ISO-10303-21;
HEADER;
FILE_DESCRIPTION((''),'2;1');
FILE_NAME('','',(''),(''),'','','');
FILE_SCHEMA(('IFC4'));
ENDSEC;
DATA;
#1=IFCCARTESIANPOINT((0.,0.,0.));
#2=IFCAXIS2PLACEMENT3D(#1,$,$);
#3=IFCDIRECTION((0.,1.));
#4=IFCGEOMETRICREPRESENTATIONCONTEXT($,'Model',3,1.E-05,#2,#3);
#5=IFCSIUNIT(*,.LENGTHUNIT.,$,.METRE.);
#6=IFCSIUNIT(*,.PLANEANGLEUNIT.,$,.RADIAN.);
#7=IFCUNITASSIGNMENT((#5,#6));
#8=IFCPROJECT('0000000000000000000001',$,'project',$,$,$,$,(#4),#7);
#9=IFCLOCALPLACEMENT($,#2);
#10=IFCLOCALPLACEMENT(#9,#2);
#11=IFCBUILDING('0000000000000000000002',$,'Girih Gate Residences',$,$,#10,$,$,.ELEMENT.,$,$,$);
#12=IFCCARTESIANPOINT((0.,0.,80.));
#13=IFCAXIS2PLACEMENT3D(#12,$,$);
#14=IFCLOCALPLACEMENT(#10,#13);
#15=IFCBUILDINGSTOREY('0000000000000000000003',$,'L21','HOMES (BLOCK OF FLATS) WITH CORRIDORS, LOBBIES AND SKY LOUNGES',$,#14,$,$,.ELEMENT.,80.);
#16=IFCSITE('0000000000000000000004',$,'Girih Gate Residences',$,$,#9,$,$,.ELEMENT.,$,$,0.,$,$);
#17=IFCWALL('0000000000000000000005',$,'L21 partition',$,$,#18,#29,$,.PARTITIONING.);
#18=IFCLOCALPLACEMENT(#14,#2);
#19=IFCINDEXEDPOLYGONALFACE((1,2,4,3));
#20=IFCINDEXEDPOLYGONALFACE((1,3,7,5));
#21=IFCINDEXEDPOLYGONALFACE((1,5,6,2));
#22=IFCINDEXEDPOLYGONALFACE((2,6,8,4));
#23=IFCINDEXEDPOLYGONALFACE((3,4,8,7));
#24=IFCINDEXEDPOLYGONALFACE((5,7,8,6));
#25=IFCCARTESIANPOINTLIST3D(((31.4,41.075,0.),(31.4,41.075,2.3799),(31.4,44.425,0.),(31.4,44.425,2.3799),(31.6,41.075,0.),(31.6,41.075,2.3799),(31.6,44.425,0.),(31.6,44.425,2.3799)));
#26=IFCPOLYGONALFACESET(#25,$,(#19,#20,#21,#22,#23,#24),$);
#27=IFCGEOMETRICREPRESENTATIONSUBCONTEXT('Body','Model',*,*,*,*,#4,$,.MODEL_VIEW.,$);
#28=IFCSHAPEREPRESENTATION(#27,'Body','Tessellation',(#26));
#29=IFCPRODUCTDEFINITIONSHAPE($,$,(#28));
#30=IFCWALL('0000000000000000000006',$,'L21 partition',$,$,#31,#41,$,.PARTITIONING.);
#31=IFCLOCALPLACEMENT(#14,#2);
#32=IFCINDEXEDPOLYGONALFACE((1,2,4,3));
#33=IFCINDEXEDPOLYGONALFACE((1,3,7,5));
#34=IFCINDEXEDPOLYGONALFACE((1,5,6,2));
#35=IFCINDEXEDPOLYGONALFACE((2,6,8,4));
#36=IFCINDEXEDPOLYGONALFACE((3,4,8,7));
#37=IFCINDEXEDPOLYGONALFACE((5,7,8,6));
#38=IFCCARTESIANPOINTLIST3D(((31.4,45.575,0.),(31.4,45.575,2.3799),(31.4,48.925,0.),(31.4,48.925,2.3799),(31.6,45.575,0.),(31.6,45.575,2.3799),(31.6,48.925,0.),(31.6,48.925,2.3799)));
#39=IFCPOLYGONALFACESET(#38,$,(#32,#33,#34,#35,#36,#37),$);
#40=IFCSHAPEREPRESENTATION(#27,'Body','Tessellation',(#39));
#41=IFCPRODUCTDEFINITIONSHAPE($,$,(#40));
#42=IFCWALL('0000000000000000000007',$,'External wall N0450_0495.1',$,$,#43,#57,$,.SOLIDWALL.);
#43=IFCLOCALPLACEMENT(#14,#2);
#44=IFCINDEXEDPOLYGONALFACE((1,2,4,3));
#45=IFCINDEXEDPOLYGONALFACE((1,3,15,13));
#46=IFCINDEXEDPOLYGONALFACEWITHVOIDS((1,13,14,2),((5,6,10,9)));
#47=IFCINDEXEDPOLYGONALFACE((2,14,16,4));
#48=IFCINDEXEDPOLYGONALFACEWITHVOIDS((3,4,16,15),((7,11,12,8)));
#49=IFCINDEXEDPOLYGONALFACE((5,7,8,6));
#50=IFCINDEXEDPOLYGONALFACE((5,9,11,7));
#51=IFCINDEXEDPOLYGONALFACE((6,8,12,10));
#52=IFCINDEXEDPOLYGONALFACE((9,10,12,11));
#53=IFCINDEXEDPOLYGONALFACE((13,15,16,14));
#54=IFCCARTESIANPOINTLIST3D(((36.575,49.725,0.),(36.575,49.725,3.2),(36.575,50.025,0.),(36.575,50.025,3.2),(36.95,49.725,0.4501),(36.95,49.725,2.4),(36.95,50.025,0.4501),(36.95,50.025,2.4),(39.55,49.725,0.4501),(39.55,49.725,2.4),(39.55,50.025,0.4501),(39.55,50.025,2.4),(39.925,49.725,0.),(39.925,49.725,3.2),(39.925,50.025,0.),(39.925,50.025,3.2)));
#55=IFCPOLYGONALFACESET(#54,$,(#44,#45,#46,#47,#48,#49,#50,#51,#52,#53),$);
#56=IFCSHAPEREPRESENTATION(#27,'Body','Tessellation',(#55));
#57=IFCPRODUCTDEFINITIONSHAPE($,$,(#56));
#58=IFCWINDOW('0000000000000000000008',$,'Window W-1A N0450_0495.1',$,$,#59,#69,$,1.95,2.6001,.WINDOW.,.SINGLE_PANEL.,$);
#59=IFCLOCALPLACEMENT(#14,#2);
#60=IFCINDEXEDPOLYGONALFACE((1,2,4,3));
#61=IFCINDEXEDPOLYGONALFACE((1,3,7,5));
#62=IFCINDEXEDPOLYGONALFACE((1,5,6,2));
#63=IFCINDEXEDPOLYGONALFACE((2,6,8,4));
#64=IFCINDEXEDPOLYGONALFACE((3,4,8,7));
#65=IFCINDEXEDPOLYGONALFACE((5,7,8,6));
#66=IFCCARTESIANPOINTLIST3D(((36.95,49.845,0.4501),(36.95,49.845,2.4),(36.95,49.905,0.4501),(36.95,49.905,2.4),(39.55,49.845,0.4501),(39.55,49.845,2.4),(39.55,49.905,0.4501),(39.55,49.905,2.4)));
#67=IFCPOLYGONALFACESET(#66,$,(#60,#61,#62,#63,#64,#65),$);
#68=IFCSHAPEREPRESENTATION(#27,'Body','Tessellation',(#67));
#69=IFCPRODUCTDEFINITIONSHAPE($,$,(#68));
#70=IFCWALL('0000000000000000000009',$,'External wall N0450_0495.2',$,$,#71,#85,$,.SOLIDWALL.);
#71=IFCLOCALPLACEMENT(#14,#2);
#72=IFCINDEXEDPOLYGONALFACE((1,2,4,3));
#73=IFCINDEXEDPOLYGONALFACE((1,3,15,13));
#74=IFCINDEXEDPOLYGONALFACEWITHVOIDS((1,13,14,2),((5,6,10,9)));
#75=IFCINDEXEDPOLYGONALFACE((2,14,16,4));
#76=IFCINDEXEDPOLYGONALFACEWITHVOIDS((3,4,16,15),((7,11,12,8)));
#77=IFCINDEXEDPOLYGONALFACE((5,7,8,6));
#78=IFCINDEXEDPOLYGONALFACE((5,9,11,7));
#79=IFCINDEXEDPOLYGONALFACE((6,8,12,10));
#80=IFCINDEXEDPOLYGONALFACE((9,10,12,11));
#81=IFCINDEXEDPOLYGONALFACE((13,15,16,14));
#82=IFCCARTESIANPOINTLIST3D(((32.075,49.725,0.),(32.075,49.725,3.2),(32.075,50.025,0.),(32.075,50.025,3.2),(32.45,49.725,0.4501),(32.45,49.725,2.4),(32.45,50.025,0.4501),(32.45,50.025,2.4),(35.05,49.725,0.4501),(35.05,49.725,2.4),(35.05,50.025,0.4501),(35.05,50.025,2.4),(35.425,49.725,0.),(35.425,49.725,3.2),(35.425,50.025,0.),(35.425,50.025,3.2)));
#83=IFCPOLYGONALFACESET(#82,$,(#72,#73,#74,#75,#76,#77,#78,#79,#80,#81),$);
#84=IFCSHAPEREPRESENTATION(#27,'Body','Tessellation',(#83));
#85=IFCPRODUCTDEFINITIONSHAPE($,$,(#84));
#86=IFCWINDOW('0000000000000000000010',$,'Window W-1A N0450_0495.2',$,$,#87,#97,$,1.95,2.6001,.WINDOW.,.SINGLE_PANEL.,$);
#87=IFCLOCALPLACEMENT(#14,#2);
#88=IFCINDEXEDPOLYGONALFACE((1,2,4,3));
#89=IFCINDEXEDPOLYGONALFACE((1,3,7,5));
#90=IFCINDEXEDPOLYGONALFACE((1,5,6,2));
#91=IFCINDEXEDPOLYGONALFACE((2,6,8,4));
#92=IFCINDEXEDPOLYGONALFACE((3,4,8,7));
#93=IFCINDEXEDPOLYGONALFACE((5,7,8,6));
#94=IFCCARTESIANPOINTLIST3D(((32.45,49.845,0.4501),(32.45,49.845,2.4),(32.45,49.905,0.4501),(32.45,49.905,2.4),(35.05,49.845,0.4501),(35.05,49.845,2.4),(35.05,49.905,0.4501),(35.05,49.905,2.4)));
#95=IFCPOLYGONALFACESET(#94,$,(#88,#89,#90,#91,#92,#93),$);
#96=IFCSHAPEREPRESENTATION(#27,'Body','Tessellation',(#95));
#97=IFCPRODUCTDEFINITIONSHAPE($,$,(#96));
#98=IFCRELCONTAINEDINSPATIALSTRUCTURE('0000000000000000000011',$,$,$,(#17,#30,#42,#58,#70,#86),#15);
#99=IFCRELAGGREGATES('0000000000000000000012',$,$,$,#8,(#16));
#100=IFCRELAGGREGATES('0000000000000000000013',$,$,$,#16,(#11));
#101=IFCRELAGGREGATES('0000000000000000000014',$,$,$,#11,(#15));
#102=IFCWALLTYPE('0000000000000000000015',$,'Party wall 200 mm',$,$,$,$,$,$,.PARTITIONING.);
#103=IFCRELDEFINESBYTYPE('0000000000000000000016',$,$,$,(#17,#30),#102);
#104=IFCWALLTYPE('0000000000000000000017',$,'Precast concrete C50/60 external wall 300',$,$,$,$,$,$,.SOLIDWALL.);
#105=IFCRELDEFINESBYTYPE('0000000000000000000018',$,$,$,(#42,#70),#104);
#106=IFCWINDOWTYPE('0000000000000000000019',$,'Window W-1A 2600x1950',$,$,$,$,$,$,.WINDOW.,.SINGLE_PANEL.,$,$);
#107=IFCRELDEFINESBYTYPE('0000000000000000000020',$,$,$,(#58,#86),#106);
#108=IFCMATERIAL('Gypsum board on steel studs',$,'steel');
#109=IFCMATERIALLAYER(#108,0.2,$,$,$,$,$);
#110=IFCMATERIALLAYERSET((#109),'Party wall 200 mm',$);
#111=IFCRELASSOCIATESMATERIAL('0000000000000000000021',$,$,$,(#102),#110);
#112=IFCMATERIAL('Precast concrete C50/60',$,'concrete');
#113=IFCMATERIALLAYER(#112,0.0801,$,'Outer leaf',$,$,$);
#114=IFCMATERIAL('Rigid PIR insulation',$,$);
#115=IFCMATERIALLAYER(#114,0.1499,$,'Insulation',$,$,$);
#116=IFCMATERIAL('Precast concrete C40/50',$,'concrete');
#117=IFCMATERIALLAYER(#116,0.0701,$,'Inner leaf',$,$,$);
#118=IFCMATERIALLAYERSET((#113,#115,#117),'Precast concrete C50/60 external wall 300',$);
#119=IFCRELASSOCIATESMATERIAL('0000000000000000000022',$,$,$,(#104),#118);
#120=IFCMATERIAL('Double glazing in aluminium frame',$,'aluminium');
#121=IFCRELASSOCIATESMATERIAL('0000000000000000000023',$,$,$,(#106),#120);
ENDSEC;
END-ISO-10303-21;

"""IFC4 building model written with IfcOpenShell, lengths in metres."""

from ifc_helpers import new_model, si_unit, direction, frame, frame_2d, origin, place, context, subcontext, project, spatial, rectangle, extrude, material, layer, layer_set, type_object, element, fill, save


model = new_model("IFC4")

# Units and contexts
model_context = context("Model", 3, precision=1e-05, world=origin(), true_north=direction((0.0, 1.0)))
body_context = subcontext(model_context, "Body", "Model", "MODEL_VIEW")
ifc_project = project(units=[si_unit("LENGTHUNIT", "METRE"), si_unit("PLANEANGLEUNIT", "RADIAN")], contexts=[model_context])

# Site, building, storey
site_placement = place(None, origin())
site = spatial("IfcSite", under=ifc_project, at=site_placement, Name="Girih Gate Residences", CompositionType="ELEMENT", RefElevation=0.0)
building_placement = place(site_placement, origin())
building = spatial("IfcBuilding", under=site, at=building_placement, Name="Girih Gate Residences", CompositionType="ELEMENT")
storey_placement = place(building_placement, frame((0.0, 0.0, 80.0)))
storey = spatial("IfcBuildingStorey", under=building, at=storey_placement, Name="L21", Description="HOMES (BLOCK OF FLATS) WITH CORRIDORS, LOBBIES AND SKY LOUNGES", CompositionType="ELEMENT", Elevation=80.0)

# Shared definitions
ifc_material_1 = material(Name="Gypsum board on steel studs", Category="steel")

# Walls
ifc_layer_1 = layer(ifc_material_1, 0.2)
ifc_layer_set_1 = layer_set([ifc_layer_1], Name="Party wall 200 mm")
wall_type_1 = type_object("IfcWallType", Name="Party wall 200 mm", PredefinedType="PARTITIONING", material=ifc_layer_set_1)
for number, where, z_axis, x_axis, name in (
    (1, (31.5, 41.075, 0.0), (0.0, 0.0, 1.0), (0.0, 1.0, 0.0), "L21 partition"),
    (2, (31.5, 45.575, 0.0), (0.0, 0.0, 1.0), (0.0, 1.0, 0.0), "L21 partition"),
):
    element("IfcWall", number, at=place(storey_placement, frame(where, z_axis=z_axis, x_axis=x_axis)), inside=storey, type_object=wall_type_1, Name=name, PredefinedType="PARTITIONING", context=body_context, shape_type="SweptSolid", body=[
        extrude(rectangle(XDim=3.3501, YDim=0.2, at=frame_2d((1.675, 0.0))), origin(), (0.0, 0.0, 1.0), 2.3799),
    ])

# Walls, openings, windows
ifc_material_2 = material(Name="Precast concrete C50/60", Category="concrete")
ifc_layer_2 = layer(ifc_material_2, 0.0801, Name="Outer leaf")
ifc_material_3 = material(Name="Rigid PIR insulation")
ifc_layer_3 = layer(ifc_material_3, 0.1499, Name="Insulation")
ifc_material_4 = material(Name="Precast concrete C40/50", Category="concrete")
ifc_layer_4 = layer(ifc_material_4, 0.0701, Name="Inner leaf")
ifc_layer_set_2 = layer_set([ifc_layer_2, ifc_layer_3, ifc_layer_4], Name="Precast concrete C50/60 external wall 300")
wall_type_2 = type_object("IfcWallType", Name="Precast concrete C50/60 external wall 300", PredefinedType="SOLIDWALL", material=ifc_layer_set_2)
wall_1_placement = place(storey_placement, frame((36.575, 49.875, 0.0), z_axis=(0.0, 0.0, 1.0), x_axis=(1.0, 0.0, 0.0)))
wall_1 = element("IfcWall", 3, at=wall_1_placement, inside=storey, type_object=wall_type_2, Name="External wall N0450_0495.1", PredefinedType="SOLIDWALL", context=body_context, shape_type="SweptSolid", body=[
    extrude(rectangle(XDim=3.3501, YDim=0.3, at=frame_2d((1.675, 0.0))), origin(), (0.0, 0.0, 1.0), 3.2),
])
opening_1_placement = place(wall_1_placement, frame((0.375, 0.0, 0.45)))
opening_1 = element("IfcOpeningElement", 4, at=opening_1_placement, cuts=wall_1, PredefinedType="OPENING", context=body_context, shape_type="SweptSolid", body=[
    extrude(rectangle(XDim=2.6001, YDim=1.95, at=frame_2d((1.3, 0.9751))), frame((0.0, 0.1599, 0.0), z_axis=(0.0, -1.0, 0.0), x_axis=(1.0, 0.0, 0.0)), (0.0, 0.0, 1.0), 0.3201),
])
ifc_material_5 = material(Name="Double glazing in aluminium frame", Category="aluminium")
window_type = type_object("IfcWindowType", Name="Window W-1A 2600x1950", PartitioningType="SINGLE_PANEL", PredefinedType="WINDOW", material=ifc_material_5)
window_1_placement = place(opening_1_placement, origin())
window_1 = element("IfcWindow", 5, at=window_1_placement, inside=storey, type_object=window_type, Name="Window W-1A N0450_0495.1", OverallHeight=1.95, OverallWidth=2.6001, PartitioningType="SINGLE_PANEL", PredefinedType="WINDOW", context=body_context, shape_type="SweptSolid", body=[
    extrude(rectangle(XDim=2.6001, YDim=1.95, at=frame_2d((1.3, 0.9751))), frame((0.0, 0.03, 0.0), z_axis=(0.0, -1.0, 0.0), x_axis=(1.0, 0.0, 0.0)), (0.0, 0.0, 1.0), 0.0601),
])
fill(opening_1, window_1)
wall_2_placement = place(storey_placement, frame((32.075, 49.875, 0.0), z_axis=(0.0, 0.0, 1.0), x_axis=(1.0, 0.0, 0.0)))
wall_2 = element("IfcWall", 6, at=wall_2_placement, inside=storey, type_object=wall_type_2, Name="External wall N0450_0495.2", PredefinedType="SOLIDWALL", context=body_context, shape_type="SweptSolid", body=[
    extrude(rectangle(XDim=3.3501, YDim=0.3, at=frame_2d((1.675, 0.0))), origin(), (0.0, 0.0, 1.0), 3.2),
])
opening_2_placement = place(wall_2_placement, frame((0.375, 0.0, 0.45)))
opening_2 = element("IfcOpeningElement", 7, at=opening_2_placement, cuts=wall_2, PredefinedType="OPENING", context=body_context, shape_type="SweptSolid", body=[
    extrude(rectangle(XDim=2.6001, YDim=1.95, at=frame_2d((1.3, 0.9751))), frame((0.0, 0.1599, 0.0), z_axis=(0.0, -1.0, 0.0), x_axis=(1.0, 0.0, 0.0)), (0.0, 0.0, 1.0), 0.3201),
])
window_2_placement = place(opening_2_placement, origin())
window_2 = element("IfcWindow", 8, at=window_2_placement, inside=storey, type_object=window_type, Name="Window W-1A N0450_0495.2", OverallHeight=1.95, OverallWidth=2.6001, PartitioningType="SINGLE_PANEL", PredefinedType="WINDOW", context=body_context, shape_type="SweptSolid", body=[
    extrude(rectangle(XDim=2.6001, YDim=1.95, at=frame_2d((1.3, 0.9751))), frame((0.0, 0.03, 0.0), z_axis=(0.0, -1.0, 0.0), x_axis=(1.0, 0.0, 0.0)), (0.0, 0.0, 1.0), 0.0601),
])
fill(opening_2, window_2)

save(model, "model.ifc")
